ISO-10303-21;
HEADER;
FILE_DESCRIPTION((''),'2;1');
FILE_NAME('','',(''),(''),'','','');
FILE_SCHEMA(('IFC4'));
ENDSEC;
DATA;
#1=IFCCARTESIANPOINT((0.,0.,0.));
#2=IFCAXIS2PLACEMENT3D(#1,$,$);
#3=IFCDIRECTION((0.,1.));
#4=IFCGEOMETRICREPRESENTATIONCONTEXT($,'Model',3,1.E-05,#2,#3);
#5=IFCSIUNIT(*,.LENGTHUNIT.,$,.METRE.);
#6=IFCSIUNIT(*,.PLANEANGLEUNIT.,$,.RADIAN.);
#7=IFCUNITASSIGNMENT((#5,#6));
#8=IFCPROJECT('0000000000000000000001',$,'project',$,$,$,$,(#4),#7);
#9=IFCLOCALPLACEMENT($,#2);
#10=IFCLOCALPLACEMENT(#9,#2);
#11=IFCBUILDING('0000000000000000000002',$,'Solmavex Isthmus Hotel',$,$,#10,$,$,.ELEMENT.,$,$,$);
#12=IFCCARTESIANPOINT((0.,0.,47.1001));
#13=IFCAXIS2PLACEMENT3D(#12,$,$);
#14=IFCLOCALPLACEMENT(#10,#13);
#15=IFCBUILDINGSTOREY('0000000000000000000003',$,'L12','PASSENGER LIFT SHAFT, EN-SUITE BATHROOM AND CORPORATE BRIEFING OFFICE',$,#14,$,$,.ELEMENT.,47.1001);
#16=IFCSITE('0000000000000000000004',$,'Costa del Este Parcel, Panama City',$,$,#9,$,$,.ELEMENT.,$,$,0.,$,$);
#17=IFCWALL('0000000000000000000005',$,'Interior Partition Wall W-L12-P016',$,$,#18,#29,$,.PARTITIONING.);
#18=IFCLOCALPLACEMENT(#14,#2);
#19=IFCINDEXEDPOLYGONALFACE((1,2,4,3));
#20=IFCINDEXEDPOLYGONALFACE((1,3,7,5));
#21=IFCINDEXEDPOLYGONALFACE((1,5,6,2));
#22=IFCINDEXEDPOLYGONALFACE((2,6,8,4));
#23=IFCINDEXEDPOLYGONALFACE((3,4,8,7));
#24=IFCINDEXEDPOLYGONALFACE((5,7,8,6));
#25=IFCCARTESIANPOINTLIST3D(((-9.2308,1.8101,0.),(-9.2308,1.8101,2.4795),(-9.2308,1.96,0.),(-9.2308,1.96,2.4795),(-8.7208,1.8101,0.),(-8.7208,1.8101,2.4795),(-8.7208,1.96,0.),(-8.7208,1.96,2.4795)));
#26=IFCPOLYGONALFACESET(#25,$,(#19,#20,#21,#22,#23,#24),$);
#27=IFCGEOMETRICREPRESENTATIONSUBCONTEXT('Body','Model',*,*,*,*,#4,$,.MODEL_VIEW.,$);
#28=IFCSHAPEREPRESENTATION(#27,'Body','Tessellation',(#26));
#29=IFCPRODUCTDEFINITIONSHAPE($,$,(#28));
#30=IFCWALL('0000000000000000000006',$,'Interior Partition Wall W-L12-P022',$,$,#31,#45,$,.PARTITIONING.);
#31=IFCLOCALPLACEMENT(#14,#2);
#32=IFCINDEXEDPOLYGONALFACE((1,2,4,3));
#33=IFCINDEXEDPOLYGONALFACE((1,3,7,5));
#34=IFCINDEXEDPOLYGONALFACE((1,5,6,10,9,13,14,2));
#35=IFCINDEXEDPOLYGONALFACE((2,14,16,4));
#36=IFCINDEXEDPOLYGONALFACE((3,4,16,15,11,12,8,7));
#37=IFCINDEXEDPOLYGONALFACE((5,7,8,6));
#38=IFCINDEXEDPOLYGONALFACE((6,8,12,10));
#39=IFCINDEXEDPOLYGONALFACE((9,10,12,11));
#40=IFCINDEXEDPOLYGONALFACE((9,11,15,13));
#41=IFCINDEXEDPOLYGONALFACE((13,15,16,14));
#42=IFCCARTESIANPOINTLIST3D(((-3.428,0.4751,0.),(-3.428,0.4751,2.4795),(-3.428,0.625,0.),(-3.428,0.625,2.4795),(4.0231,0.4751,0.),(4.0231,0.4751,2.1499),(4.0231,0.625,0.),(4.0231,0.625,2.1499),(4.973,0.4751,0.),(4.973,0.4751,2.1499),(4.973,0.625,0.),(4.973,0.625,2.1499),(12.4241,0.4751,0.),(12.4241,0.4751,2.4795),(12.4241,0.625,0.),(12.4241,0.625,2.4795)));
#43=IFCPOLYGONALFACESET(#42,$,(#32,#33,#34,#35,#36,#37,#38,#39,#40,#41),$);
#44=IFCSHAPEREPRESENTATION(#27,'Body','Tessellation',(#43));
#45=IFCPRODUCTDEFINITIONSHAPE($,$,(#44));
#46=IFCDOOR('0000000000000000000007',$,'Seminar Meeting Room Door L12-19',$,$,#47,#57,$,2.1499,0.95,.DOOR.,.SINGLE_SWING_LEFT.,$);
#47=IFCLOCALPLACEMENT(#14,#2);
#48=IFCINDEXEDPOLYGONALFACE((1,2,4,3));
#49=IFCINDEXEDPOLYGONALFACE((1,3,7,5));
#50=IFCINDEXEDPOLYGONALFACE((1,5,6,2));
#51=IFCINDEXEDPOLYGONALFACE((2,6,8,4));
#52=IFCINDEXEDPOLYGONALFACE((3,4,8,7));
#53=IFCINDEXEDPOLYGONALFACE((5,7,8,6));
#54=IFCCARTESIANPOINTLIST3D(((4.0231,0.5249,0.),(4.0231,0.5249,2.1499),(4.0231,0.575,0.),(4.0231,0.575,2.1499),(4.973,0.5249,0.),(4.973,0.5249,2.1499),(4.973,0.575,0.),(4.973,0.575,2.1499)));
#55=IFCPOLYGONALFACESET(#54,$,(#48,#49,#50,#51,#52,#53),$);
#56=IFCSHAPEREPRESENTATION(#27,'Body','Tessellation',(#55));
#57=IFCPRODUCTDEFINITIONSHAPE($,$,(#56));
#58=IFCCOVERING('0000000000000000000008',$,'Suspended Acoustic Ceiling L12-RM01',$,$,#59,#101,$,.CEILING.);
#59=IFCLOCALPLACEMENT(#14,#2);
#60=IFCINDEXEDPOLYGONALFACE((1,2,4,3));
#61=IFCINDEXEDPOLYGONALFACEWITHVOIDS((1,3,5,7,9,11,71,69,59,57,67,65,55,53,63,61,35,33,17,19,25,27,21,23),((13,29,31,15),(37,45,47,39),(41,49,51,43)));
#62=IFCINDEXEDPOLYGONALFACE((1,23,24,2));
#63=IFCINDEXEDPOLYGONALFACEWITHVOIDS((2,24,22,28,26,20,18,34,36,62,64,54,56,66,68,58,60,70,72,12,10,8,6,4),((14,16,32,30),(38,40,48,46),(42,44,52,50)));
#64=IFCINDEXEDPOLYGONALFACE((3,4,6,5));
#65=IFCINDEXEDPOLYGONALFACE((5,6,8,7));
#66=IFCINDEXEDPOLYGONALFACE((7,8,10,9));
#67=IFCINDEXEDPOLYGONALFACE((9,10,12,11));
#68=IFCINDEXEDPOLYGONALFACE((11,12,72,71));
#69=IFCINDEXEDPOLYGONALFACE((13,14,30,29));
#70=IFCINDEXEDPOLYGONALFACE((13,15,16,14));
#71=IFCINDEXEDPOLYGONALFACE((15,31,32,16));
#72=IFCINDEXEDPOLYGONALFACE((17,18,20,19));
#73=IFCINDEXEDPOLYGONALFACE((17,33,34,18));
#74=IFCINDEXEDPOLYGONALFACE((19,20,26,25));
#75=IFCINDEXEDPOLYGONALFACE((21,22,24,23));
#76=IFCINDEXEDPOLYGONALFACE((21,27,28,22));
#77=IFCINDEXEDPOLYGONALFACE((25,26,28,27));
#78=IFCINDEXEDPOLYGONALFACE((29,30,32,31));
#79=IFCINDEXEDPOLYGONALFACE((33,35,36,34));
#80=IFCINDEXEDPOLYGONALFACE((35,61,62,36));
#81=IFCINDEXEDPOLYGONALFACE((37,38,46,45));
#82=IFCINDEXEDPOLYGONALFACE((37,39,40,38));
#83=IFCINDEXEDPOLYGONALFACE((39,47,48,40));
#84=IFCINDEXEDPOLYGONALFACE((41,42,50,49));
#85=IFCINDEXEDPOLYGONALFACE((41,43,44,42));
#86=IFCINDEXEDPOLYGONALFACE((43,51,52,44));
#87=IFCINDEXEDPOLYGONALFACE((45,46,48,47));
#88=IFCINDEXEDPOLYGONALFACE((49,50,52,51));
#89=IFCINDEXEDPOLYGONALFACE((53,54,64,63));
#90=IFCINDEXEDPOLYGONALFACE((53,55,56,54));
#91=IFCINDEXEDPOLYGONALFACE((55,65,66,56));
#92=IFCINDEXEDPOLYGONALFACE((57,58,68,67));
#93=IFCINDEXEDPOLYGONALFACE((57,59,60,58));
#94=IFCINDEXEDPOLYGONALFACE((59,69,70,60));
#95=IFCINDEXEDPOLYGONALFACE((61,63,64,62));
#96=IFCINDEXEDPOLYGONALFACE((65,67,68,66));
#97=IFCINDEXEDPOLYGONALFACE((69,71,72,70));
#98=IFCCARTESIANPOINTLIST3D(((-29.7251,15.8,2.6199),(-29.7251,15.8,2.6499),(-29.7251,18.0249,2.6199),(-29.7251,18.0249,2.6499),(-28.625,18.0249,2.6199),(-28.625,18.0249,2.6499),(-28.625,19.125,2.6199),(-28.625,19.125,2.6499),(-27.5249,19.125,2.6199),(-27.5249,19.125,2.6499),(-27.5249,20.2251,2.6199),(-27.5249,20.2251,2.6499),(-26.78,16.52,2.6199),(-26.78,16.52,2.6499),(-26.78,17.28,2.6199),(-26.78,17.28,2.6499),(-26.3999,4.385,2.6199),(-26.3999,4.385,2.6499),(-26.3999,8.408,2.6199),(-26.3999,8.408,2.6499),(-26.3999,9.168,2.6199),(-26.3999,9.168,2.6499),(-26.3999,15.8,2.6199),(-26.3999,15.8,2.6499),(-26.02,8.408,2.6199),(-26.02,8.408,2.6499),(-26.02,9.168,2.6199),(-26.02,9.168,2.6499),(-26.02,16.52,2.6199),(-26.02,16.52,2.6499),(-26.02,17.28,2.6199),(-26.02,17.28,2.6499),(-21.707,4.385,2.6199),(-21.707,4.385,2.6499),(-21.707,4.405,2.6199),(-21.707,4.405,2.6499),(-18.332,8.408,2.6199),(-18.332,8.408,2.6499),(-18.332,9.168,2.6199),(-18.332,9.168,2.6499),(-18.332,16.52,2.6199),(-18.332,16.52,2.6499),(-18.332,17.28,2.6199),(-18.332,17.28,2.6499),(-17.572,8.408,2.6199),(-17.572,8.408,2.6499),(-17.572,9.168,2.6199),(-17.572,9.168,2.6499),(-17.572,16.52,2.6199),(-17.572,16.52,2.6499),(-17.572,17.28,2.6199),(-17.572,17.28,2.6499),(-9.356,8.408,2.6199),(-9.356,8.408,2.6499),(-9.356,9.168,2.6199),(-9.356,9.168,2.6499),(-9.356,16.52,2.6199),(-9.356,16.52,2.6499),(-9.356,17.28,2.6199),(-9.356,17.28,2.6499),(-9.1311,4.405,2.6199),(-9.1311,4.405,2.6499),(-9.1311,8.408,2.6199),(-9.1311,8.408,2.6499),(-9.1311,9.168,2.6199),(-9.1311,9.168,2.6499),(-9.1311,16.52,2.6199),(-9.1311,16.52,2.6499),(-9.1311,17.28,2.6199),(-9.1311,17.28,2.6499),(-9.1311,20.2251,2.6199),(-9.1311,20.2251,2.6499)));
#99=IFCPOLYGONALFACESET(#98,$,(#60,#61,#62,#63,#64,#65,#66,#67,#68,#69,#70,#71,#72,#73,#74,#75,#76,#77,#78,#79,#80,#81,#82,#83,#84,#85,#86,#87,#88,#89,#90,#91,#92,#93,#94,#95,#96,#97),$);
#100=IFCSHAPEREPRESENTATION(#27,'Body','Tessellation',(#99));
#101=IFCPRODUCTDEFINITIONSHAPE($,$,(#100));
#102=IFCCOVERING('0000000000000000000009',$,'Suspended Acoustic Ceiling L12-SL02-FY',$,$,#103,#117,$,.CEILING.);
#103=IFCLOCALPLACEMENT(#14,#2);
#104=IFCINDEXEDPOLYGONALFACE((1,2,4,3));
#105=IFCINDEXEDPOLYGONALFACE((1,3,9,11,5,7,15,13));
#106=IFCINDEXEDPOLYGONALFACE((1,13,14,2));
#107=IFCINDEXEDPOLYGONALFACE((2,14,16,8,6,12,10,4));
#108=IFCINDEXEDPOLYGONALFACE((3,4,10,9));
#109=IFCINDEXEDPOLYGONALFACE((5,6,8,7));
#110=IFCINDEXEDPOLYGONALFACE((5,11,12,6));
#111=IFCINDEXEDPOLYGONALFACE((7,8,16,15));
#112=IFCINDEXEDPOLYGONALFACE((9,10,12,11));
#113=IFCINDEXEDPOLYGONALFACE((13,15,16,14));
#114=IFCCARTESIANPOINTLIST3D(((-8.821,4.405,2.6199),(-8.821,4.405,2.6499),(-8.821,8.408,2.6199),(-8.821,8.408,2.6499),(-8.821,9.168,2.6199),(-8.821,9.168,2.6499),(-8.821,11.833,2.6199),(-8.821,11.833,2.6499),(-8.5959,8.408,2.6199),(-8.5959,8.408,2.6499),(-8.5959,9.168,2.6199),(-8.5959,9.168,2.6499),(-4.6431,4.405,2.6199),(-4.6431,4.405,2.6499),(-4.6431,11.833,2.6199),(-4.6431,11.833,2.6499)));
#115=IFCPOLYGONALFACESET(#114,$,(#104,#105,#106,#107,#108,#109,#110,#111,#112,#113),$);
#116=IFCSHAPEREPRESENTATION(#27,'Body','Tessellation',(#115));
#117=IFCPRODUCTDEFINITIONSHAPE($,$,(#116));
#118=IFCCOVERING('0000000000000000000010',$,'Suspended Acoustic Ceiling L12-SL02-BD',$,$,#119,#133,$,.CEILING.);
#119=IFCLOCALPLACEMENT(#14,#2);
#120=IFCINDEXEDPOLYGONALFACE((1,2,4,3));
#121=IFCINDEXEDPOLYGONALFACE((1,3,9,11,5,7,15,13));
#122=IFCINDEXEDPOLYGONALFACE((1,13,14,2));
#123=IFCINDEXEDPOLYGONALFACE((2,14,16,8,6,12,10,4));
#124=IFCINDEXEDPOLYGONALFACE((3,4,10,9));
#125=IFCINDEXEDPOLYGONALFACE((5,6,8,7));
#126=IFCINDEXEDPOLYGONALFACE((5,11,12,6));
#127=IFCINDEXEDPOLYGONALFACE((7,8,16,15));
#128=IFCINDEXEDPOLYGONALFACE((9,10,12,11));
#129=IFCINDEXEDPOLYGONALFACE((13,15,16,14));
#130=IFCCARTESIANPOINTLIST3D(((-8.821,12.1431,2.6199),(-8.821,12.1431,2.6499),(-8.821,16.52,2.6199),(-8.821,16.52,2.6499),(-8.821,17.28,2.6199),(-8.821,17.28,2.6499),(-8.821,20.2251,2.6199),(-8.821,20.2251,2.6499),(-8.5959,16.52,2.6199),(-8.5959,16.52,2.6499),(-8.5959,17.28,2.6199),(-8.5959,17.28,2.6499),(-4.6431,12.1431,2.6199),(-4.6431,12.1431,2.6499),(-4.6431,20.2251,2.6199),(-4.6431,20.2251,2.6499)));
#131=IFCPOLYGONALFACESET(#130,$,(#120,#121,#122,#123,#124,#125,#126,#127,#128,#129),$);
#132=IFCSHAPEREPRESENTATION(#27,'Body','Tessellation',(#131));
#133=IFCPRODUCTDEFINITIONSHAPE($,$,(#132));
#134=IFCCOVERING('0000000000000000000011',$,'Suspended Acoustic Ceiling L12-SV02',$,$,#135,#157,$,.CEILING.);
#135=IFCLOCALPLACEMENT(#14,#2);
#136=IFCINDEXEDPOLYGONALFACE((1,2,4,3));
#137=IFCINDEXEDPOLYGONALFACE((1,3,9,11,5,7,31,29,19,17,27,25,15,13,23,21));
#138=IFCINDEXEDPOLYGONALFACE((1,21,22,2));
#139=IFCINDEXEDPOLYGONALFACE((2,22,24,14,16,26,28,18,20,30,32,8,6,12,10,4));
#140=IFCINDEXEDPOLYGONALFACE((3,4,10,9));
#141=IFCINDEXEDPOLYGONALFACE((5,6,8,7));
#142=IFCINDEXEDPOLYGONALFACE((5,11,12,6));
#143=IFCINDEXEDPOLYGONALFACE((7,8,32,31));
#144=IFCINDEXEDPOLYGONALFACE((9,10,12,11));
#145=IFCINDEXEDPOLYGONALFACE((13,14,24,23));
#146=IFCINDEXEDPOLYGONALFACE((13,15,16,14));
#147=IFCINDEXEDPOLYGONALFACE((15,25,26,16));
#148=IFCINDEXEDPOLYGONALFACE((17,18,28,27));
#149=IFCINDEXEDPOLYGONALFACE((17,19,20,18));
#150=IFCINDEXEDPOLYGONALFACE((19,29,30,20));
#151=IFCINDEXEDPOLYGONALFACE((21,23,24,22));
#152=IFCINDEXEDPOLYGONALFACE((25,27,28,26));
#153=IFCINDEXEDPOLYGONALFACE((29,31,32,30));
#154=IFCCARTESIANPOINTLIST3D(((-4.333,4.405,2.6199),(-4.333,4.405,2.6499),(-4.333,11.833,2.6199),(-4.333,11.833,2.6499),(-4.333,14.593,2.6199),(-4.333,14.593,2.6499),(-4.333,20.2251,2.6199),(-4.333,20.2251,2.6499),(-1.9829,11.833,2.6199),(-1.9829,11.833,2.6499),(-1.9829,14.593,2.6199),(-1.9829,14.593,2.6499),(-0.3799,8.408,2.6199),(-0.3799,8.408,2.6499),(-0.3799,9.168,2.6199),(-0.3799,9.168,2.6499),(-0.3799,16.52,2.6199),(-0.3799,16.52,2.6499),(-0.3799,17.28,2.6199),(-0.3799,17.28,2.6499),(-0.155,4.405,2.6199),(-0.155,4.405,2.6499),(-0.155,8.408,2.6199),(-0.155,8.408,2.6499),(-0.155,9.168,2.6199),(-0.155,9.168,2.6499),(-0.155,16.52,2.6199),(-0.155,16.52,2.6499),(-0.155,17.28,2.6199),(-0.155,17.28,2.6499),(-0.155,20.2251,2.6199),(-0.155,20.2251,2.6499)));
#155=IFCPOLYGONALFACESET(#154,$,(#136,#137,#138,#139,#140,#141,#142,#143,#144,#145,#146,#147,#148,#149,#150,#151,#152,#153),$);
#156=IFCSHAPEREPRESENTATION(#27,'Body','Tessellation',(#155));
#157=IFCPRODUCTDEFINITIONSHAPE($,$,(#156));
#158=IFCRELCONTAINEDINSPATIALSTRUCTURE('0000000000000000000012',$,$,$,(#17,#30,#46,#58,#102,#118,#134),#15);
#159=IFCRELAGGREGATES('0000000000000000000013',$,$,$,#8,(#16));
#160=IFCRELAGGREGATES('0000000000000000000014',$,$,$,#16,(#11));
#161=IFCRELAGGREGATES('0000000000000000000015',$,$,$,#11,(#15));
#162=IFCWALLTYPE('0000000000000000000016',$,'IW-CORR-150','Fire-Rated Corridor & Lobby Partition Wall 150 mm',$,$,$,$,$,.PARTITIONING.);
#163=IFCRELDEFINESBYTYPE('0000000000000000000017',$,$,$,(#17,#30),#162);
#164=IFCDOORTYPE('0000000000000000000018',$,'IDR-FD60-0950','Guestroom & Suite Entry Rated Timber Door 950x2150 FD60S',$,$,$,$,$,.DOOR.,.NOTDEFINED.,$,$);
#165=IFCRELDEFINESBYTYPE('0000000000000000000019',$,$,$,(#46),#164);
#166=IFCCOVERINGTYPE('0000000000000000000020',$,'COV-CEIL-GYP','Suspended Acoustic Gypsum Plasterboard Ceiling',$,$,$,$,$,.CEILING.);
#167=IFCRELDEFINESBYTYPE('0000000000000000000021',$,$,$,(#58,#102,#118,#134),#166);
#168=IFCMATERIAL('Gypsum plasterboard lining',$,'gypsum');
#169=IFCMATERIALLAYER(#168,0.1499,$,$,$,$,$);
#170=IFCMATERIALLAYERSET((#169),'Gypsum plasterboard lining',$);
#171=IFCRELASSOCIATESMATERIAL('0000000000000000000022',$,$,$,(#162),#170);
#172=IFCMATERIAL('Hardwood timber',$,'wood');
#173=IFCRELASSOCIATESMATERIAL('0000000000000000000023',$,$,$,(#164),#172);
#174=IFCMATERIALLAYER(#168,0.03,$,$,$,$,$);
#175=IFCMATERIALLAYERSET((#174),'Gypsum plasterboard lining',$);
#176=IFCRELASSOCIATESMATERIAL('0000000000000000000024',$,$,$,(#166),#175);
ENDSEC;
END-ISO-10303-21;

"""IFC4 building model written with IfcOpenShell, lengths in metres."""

from ifc_helpers import new_model, si_unit, direction, frame, frame_2d, origin, place, context, subcontext, project, spatial, polyline, rectangle, outline, extrude, material, layer, layer_set, type_object, element, fill, save


model = new_model("IFC4")

# Units and contexts
model_context = context("Model", 3, precision=1e-05, world=origin(), true_north=direction((0.0, 1.0)))
body_context = subcontext(model_context, "Body", "Model", "MODEL_VIEW")
ifc_project = project(units=[si_unit("LENGTHUNIT", "METRE"), si_unit("PLANEANGLEUNIT", "RADIAN")], contexts=[model_context])

# Site, building, storey
site_placement = place(None, origin())
site = spatial("IfcSite", under=ifc_project, at=site_placement, Name="Costa del Este Parcel, Panama City", CompositionType="ELEMENT", RefElevation=0.0)
building_placement = place(site_placement, origin())
building = spatial("IfcBuilding", under=site, at=building_placement, Name="Solmavex Isthmus Hotel", CompositionType="ELEMENT")
storey_placement = place(building_placement, frame((0.0, 0.0, 47.1001)))
storey = spatial("IfcBuildingStorey", under=building, at=storey_placement, Name="L12", Description="PASSENGER LIFT SHAFT, EN-SUITE BATHROOM AND CORPORATE BRIEFING OFFICE", CompositionType="ELEMENT", Elevation=47.1001)

# Shared definitions
ifc_material_1 = material(Name="Gypsum plasterboard lining", Category="gypsum")
ifc_layer_1 = layer(ifc_material_1, 0.1499)
ifc_layer_set_1 = layer_set([ifc_layer_1], Name="Gypsum plasterboard lining")
wall_type = type_object("IfcWallType", Name="IW-CORR-150", Description="Fire-Rated Corridor & Lobby Partition Wall 150 mm", PredefinedType="PARTITIONING", material=ifc_layer_set_1)

# Wall
wall_1_placement = place(storey_placement, frame((-8.7209, 1.885, 0.0), z_axis=(0.0, 0.0, 1.0), x_axis=(-1.0, 0.0, 0.0)))
element("IfcWall", 1, at=wall_1_placement, inside=storey, type_object=wall_type, Name="Interior Partition Wall W-L12-P016", PredefinedType="PARTITIONING", context=body_context, shape_type="SweptSolid", body=[
    extrude(rectangle(XDim=0.51, YDim=0.1499, at=frame_2d((0.2549, 0.0))), origin(), (0.0, 0.0, 1.0), 2.4795),
])

# Wall, opening, door
wall_2_placement = place(storey_placement, frame((-3.428, 0.55, 0.0), z_axis=(0.0, 0.0, 1.0), x_axis=(1.0, 0.0, 0.0)))
wall_2 = element("IfcWall", 2, at=wall_2_placement, inside=storey, type_object=wall_type, Name="Interior Partition Wall W-L12-P022", PredefinedType="PARTITIONING", context=body_context, shape_type="SweptSolid", body=[
    extrude(rectangle(XDim=15.8521, YDim=0.1499, at=frame_2d((7.926, 0.0))), origin(), (0.0, 0.0, 1.0), 2.4795),
])
opening_1_placement = place(wall_2_placement, frame((7.4509, 0.0, 0.0)))
opening_1 = element("IfcOpeningElement", 3, at=opening_1_placement, cuts=wall_2, PredefinedType="OPENING", context=body_context, shape_type="SweptSolid", body=[
    extrude(rectangle(XDim=0.95, YDim=2.1499, at=frame_2d((0.4751, 1.075))), frame((0.0, 0.085, 0.0), z_axis=(0.0, -1.0, 0.0), x_axis=(1.0, 0.0, 0.0)), (0.0, 0.0, 1.0), 0.1699),
])
ifc_material_2 = material(Name="Hardwood timber", Category="wood")
door_type_1 = type_object("IfcDoorType", Name="IDR-FD60-0950", Description="Guestroom & Suite Entry Rated Timber Door 950x2150 FD60S", OperationType="NOTDEFINED", PredefinedType="DOOR", material=ifc_material_2)
door_1_placement = place(opening_1_placement, origin())
door_1 = element("IfcDoor", 4, at=door_1_placement, inside=storey, type_object=door_type_1, Name="Seminar Meeting Room Door L12-19", OperationType="SINGLE_SWING_LEFT", OverallHeight=2.1499, OverallWidth=0.95, PredefinedType="DOOR", context=body_context, shape_type="SweptSolid", body=[
    extrude(rectangle(XDim=0.95, YDim=2.1499, at=frame_2d((0.4751, 1.075))), frame((0.0, 0.0249, 0.0), z_axis=(0.0, -1.0, 0.0), x_axis=(1.0, 0.0, 0.0)), (0.0, 0.0, 1.0), 0.05),
])
fill(opening_1, door_1)

# Coverings
ifc_layer_2 = layer(ifc_material_1, 0.03)
ifc_layer_set_2 = layer_set([ifc_layer_2], Name="Gypsum plasterboard lining")
covering_type_1 = type_object("IfcCoveringType", Name="COV-CEIL-GYP", Description="Suspended Acoustic Gypsum Plasterboard Ceiling", PredefinedType="CEILING", material=ifc_layer_set_2)
covering_1_placement = place(storey_placement, frame((0.0, 0.0, 2.6199)))
element("IfcCovering", 5, at=covering_1_placement, inside=storey, type_object=covering_type_1, Name="Suspended Acoustic Ceiling L12-RM01", PredefinedType="CEILING", context=body_context, shape_type="SweptSolid", body=[
    extrude(outline(polyline([(-21.707, 4.385), (-21.707, 4.405), (-9.1311, 4.405), (-9.1311, 8.408), (-9.356, 8.408), (-9.356, 9.168), (-9.1311, 9.168), (-9.1311, 16.52), (-9.356, 16.52), (-9.356, 17.28), (-9.1311, 17.28), (-9.1311, 20.2251), (-27.5249, 20.2251), (-27.5249, 19.125), (-28.625, 19.125), (-28.625, 18.0249), (-29.7251, 18.0249), (-29.7251, 15.8), (-26.3999, 15.8), (-26.3999, 9.168), (-26.02, 9.168), (-26.02, 8.408), (-26.3999, 8.408), (-26.3999, 4.385), (-21.707, 4.385)]), holes=[polyline([(-18.332, 8.408), (-18.332, 9.168), (-17.572, 9.168), (-17.572, 8.408), (-18.332, 8.408)]), polyline([(-18.332, 17.28), (-17.572, 17.28), (-17.572, 16.52), (-18.332, 16.52), (-18.332, 17.28)]), polyline([(-26.78, 17.28), (-26.02, 17.28), (-26.02, 16.52), (-26.78, 16.52), (-26.78, 17.28)])]), origin(), (0.0, 0.0, 1.0), 0.03),
])
covering_2_placement = place(storey_placement, frame((0.0, 0.0, 2.6199)))
element("IfcCovering", 6, at=covering_2_placement, inside=storey, type_object=covering_type_1, Name="Suspended Acoustic Ceiling L12-SL02-FY", PredefinedType="CEILING", context=body_context, shape_type="SweptSolid", body=[
    extrude(outline(polyline([(-8.821, 9.168), (-8.5959, 9.168), (-8.5959, 8.408), (-8.821, 8.408), (-8.821, 4.405), (-4.6431, 4.405), (-4.6431, 11.833), (-8.821, 11.833), (-8.821, 9.168)])), origin(), (0.0, 0.0, 1.0), 0.03),
])
covering_3_placement = place(storey_placement, frame((0.0, 0.0, 2.6199)))
element("IfcCovering", 7, at=covering_3_placement, inside=storey, type_object=covering_type_1, Name="Suspended Acoustic Ceiling L12-SL02-BD", PredefinedType="CEILING", context=body_context, shape_type="SweptSolid", body=[
    extrude(outline(polyline([(-8.821, 17.28), (-8.5959, 17.28), (-8.5959, 16.52), (-8.821, 16.52), (-8.821, 12.1431), (-4.6431, 12.1431), (-4.6431, 20.2251), (-8.821, 20.2251), (-8.821, 17.28)])), origin(), (0.0, 0.0, 1.0), 0.03),
])
covering_4_placement = place(storey_placement, frame((0.0, 0.0, 2.6199)))
element("IfcCovering", 8, at=covering_4_placement, inside=storey, type_object=covering_type_1, Name="Suspended Acoustic Ceiling L12-SV02", PredefinedType="CEILING", context=body_context, shape_type="SweptSolid", body=[
    extrude(outline(polyline([(-0.155, 16.52), (-0.3799, 16.52), (-0.3799, 17.28), (-0.155, 17.28), (-0.155, 20.2251), (-4.333, 20.2251), (-4.333, 14.593), (-1.9829, 14.593), (-1.9829, 11.833), (-4.333, 11.833), (-4.333, 4.405), (-0.155, 4.405), (-0.155, 8.408), (-0.3799, 8.408), (-0.3799, 9.168), (-0.155, 9.168), (-0.155, 16.52)])), origin(), (0.0, 0.0, 1.0), 0.03),
])

save(model, "model.ifc")
